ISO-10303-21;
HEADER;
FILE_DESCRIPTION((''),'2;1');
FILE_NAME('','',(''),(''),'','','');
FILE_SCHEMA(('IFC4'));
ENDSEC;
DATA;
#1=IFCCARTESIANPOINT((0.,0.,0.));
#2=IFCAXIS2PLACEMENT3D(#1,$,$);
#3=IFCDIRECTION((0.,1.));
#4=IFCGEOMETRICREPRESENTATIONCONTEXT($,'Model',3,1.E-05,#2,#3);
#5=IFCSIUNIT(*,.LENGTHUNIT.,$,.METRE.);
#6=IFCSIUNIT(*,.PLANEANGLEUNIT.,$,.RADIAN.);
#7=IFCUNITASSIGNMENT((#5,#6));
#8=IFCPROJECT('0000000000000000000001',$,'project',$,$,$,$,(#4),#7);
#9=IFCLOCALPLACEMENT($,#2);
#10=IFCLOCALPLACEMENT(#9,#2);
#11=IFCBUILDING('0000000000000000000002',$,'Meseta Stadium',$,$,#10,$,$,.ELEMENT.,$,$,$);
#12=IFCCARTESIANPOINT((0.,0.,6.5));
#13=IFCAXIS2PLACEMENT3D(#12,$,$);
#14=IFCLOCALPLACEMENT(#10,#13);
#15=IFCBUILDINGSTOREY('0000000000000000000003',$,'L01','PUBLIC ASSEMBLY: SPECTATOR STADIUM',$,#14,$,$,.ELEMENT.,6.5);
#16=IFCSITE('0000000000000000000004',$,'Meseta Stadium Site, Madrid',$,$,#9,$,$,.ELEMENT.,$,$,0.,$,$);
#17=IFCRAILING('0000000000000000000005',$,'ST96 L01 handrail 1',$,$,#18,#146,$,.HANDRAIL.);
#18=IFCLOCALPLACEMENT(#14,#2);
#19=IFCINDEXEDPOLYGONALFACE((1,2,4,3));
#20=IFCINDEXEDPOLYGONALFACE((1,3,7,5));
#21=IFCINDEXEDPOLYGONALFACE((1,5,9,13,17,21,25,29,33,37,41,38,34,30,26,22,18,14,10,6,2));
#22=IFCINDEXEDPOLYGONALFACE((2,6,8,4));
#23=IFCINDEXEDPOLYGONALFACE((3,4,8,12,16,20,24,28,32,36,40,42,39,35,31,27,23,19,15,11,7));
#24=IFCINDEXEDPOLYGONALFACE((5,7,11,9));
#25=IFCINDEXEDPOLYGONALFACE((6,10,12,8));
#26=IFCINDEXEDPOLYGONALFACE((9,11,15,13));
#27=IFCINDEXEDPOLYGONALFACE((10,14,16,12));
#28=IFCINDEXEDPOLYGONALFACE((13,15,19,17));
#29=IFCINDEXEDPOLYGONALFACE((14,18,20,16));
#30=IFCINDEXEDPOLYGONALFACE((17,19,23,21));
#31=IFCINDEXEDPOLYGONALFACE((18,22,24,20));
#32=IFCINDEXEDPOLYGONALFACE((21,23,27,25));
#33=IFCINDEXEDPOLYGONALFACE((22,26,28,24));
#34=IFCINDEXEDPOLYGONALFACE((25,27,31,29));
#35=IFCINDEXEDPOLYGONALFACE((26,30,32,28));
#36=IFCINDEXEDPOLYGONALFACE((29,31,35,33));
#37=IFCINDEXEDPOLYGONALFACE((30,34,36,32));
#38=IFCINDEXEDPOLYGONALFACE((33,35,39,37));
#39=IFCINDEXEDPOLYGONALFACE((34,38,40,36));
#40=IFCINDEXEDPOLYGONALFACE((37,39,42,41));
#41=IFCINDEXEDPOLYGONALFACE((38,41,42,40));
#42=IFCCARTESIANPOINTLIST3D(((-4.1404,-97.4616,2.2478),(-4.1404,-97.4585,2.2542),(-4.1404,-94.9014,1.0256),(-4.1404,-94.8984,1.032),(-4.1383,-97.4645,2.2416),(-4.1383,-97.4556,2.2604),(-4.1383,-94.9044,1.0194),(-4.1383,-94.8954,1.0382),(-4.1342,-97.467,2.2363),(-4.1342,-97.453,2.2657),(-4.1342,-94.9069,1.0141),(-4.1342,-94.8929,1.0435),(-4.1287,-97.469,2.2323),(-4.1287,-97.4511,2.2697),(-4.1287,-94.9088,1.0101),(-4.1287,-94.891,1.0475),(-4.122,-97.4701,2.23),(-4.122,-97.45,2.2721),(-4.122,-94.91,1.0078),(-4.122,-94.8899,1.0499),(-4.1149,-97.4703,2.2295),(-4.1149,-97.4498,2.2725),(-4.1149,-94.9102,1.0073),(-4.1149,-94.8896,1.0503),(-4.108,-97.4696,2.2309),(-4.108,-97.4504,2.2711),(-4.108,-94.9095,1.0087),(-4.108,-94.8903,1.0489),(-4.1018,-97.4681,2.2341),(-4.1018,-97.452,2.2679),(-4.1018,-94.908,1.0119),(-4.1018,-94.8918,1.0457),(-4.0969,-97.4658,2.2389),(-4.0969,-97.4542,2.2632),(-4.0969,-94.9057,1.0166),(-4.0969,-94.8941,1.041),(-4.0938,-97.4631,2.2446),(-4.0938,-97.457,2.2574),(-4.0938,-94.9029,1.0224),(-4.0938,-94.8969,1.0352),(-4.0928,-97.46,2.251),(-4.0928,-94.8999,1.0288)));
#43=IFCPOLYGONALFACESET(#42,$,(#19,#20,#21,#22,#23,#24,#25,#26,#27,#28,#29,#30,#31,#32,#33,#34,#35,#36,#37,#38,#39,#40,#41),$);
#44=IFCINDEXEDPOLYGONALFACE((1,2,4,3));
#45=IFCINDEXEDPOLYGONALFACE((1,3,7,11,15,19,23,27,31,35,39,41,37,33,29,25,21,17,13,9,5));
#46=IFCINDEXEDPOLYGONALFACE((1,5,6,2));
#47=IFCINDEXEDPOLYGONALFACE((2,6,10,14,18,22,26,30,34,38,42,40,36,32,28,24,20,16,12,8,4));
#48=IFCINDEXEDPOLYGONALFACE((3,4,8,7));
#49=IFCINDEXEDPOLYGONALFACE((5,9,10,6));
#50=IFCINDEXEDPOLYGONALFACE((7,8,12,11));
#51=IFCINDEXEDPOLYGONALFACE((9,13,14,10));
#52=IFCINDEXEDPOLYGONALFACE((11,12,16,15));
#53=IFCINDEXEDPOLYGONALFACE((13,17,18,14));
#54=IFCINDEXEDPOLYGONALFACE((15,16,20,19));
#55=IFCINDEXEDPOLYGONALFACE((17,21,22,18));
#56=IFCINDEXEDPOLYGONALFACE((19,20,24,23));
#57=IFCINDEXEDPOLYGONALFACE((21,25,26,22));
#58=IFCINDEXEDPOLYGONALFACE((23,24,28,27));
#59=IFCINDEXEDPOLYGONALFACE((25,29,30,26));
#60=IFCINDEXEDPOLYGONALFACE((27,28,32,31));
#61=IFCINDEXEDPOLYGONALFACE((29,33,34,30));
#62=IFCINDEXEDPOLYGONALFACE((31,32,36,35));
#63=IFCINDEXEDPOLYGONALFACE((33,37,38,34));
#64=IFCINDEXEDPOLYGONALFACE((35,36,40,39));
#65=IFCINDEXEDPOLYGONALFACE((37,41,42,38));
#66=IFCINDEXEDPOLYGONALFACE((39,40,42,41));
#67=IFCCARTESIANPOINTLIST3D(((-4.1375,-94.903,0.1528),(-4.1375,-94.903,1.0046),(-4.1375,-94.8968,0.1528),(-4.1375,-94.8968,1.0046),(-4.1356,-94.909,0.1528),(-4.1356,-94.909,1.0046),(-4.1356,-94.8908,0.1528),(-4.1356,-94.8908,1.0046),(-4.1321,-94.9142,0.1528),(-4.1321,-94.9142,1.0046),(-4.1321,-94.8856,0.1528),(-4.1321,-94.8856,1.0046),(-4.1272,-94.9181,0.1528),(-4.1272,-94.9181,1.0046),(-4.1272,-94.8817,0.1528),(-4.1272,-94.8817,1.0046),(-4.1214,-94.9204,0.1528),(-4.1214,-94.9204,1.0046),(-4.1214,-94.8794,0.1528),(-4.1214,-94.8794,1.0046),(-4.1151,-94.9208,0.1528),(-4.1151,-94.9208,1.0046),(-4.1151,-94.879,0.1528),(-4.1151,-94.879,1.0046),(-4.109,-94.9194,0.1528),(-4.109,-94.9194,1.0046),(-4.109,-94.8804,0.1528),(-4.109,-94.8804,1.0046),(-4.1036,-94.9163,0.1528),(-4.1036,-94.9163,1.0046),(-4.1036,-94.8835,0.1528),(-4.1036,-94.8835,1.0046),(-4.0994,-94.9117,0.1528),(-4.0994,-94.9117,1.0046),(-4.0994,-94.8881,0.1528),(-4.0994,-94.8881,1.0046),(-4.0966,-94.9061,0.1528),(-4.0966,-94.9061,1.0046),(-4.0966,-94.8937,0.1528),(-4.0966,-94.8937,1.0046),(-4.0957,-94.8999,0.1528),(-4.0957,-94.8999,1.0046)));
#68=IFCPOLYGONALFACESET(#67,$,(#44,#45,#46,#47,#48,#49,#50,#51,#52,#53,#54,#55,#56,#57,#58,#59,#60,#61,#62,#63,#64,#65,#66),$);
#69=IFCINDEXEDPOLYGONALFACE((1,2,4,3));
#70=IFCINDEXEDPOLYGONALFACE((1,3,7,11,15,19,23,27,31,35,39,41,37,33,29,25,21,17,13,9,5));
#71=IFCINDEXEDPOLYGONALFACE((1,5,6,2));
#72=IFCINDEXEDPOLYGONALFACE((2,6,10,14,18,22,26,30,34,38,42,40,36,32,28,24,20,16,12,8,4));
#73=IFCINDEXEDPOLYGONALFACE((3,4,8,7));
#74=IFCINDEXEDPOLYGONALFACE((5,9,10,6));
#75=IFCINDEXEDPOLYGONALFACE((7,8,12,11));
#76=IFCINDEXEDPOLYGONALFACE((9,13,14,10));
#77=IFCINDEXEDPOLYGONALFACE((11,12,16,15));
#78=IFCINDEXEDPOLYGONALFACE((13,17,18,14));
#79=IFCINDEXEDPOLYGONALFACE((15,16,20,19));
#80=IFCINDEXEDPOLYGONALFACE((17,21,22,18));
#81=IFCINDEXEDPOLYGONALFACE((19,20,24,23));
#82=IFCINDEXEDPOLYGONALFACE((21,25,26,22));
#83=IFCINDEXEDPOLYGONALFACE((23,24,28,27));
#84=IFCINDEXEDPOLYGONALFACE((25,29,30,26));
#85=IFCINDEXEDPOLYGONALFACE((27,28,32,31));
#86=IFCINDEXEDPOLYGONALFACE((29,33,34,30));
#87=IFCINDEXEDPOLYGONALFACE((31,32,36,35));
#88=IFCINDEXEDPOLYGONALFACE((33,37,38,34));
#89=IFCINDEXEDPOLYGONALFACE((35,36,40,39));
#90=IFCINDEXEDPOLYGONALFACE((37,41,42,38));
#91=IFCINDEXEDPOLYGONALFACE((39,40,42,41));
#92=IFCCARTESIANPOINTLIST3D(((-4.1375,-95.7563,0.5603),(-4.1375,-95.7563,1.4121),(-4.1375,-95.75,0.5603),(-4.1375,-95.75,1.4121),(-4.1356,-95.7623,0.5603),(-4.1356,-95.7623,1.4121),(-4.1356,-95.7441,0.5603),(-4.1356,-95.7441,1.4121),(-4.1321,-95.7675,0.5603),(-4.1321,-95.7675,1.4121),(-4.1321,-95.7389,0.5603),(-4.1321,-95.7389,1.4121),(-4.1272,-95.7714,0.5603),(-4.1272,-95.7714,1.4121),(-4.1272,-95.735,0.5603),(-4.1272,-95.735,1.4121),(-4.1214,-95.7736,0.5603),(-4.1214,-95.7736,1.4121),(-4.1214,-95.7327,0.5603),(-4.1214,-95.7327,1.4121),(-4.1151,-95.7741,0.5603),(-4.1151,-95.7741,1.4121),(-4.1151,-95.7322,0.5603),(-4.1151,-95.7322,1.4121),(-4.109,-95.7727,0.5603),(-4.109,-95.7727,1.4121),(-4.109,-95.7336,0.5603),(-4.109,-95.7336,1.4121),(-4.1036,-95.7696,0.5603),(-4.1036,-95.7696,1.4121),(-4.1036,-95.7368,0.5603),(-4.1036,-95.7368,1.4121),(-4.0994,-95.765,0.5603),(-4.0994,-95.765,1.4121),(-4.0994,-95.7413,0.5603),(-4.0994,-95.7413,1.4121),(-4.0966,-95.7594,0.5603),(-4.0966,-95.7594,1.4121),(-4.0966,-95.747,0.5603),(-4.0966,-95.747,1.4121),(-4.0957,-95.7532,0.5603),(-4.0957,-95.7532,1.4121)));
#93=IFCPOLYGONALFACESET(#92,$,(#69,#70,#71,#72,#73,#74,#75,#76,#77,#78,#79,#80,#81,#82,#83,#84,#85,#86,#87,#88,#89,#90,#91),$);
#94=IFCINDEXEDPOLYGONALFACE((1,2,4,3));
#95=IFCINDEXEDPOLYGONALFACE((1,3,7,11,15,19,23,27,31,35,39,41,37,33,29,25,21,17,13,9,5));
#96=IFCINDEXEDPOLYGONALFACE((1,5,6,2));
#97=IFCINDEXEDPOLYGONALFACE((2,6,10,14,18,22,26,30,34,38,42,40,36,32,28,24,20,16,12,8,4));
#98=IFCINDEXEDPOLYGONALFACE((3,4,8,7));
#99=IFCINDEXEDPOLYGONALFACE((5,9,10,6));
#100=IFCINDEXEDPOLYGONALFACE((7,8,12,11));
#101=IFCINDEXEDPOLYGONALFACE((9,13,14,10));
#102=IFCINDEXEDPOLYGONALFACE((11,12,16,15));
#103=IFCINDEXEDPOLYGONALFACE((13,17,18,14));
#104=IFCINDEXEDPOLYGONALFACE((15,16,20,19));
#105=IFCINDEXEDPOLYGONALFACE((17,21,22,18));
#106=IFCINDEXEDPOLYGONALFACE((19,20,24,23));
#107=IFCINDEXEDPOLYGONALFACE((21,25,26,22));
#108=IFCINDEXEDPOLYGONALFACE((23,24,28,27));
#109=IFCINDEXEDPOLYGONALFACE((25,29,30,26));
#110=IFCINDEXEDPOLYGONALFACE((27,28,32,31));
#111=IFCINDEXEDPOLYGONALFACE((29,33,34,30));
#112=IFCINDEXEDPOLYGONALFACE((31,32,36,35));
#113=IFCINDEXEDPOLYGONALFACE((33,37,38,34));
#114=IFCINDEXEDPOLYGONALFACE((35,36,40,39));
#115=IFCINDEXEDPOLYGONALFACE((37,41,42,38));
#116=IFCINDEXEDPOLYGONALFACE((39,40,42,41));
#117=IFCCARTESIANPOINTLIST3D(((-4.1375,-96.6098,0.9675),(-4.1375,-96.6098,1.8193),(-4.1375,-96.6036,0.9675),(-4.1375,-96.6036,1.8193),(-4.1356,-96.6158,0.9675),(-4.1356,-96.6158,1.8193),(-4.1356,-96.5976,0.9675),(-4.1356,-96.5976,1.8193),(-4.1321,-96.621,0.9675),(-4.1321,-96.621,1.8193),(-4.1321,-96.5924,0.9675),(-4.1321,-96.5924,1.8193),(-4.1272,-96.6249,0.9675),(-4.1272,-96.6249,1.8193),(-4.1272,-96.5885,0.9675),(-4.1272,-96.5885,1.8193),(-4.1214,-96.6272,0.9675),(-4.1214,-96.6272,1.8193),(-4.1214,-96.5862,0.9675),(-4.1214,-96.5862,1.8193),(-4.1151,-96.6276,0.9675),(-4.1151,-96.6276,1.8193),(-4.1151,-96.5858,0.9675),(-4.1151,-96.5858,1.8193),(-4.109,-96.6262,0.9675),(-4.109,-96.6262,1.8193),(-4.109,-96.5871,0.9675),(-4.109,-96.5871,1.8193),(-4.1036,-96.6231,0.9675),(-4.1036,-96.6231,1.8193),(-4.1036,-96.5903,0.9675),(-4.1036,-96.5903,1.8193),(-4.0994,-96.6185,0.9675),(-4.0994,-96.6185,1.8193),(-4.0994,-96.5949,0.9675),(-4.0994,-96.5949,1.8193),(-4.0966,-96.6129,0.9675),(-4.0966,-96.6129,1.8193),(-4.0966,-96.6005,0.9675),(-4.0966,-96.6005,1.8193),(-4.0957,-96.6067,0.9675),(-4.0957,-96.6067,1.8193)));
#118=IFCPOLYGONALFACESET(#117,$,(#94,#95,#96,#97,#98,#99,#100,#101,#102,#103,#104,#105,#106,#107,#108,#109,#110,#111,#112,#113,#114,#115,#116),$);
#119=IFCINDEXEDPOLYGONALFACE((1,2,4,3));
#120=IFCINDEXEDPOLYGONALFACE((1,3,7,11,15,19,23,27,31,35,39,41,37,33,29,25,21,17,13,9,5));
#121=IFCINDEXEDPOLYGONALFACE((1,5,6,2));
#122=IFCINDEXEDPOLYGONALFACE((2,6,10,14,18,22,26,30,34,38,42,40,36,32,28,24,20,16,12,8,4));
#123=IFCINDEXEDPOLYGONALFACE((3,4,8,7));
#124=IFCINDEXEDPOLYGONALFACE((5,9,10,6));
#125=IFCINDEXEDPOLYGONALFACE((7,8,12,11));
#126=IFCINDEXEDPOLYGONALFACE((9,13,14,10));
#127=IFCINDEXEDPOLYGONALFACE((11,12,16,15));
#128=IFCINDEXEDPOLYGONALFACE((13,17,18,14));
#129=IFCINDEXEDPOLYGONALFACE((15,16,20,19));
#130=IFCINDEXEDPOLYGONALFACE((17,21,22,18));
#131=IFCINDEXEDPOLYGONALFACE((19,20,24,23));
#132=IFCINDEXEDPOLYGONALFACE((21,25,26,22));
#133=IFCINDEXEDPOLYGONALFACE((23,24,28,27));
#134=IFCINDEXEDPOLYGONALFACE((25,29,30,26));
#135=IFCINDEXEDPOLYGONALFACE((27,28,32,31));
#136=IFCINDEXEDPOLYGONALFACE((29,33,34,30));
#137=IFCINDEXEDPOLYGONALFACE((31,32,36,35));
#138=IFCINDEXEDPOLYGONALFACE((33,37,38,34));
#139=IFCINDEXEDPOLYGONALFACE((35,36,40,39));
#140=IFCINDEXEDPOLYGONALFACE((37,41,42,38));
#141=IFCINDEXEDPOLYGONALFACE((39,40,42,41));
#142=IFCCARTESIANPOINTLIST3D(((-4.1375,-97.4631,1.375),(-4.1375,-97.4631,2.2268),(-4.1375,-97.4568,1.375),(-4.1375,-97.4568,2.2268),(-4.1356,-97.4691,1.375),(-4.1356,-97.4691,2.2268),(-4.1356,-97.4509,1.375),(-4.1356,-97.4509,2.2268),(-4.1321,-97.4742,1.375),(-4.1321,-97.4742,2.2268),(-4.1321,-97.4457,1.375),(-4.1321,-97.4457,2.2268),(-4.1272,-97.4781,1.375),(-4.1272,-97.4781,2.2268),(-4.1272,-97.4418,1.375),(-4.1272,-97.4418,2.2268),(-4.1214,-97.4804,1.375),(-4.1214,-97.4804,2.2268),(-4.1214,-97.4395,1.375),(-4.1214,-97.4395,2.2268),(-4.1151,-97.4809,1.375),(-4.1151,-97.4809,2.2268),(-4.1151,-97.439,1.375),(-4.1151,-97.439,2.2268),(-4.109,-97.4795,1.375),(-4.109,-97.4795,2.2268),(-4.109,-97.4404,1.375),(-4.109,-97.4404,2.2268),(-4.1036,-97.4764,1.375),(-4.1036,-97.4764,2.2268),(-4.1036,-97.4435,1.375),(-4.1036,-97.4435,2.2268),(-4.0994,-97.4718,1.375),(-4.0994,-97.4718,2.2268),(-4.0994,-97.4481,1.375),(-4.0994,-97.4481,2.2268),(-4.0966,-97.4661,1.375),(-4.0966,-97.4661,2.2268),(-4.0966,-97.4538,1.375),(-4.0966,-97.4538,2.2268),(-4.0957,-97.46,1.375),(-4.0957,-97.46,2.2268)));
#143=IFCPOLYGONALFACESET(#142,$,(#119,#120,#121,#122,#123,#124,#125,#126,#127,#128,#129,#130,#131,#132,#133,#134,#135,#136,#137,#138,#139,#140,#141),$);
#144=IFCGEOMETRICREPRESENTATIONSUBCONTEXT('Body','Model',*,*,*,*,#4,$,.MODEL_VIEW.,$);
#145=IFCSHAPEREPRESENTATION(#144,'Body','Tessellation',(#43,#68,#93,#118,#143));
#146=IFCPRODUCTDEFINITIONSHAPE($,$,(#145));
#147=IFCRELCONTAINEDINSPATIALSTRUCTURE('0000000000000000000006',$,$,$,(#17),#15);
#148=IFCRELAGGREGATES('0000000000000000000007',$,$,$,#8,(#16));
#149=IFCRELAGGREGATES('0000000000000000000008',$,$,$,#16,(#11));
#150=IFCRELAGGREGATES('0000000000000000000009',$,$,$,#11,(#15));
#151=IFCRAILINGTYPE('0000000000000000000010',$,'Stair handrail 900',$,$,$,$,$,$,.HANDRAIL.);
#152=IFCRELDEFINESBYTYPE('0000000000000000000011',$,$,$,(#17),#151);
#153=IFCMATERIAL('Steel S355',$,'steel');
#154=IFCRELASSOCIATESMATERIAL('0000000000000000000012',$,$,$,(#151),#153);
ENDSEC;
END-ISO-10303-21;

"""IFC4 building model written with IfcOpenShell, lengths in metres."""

from ifc_helpers import new_model, si_unit, direction, frame, origin, origin_2d, place, context, subcontext, project, spatial, circle, extrude, material, type_object, element, save


model = new_model("IFC4")

# Units and contexts
model_context = context("Model", 3, precision=1e-05, world=origin(), true_north=direction((0.0, 1.0)))
body_context = subcontext(model_context, "Body", "Model", "MODEL_VIEW")
ifc_project = project(units=[si_unit("LENGTHUNIT", "METRE"), si_unit("PLANEANGLEUNIT", "RADIAN")], contexts=[model_context])

# Site, building, storey
site_placement = place(None, origin())
site = spatial("IfcSite", under=ifc_project, at=site_placement, Name="Meseta Stadium Site, Madrid", CompositionType="ELEMENT", RefElevation=0.0)
building_placement = place(site_placement, origin())
building = spatial("IfcBuilding", under=site, at=building_placement, Name="Meseta Stadium", CompositionType="ELEMENT")
storey_placement = place(building_placement, frame((0.0, 0.0, 6.5)))
storey = spatial("IfcBuildingStorey", under=building, at=storey_placement, Name="L01", Description="PUBLIC ASSEMBLY: SPECTATOR STADIUM", CompositionType="ELEMENT", Elevation=6.5)

# Railing
ifc_material_1 = material(Name="Steel S355", Category="steel")
railing_type_1 = type_object("IfcRailingType", Name="Stair handrail 900", PredefinedType="HANDRAIL", material=ifc_material_1)
railing_1_placement = place(storey_placement, frame((-4.1167, -94.8999, 0.1528)))
element("IfcRailing", 1, at=railing_1_placement, inside=storey, type_object=railing_type_1, Name="ST96 L01 handrail 1", PredefinedType="HANDRAIL", context=body_context, shape_type="SweptSolid", body=[
    extrude(circle(Radius=0.0239, at=origin_2d()), frame((0.0, 0.0, 0.876), z_axis=(0.0, -0.902437, 0.430822), x_axis=(1.0, 0.0, 0.0)), (0.0, 0.0, 1.0), 2.8369),
    extrude(circle(Radius=0.021, at=origin_2d()), origin(), (0.0, 0.0, 1.0), 0.8518),
    extrude(circle(Radius=0.021, at=origin_2d()), frame((0.0, -0.8533, 0.4075)), (0.0, 0.0, 1.0), 0.8518),
    extrude(circle(Radius=0.021, at=origin_2d()), frame((0.0, -1.7068, 0.8147)), (0.0, 0.0, 1.0), 0.8518),
    extrude(circle(Radius=0.021, at=origin_2d()), frame((0.0, -2.5601, 1.2222)), (0.0, 0.0, 1.0), 0.8518),
])

save(model, "model.ifc")
